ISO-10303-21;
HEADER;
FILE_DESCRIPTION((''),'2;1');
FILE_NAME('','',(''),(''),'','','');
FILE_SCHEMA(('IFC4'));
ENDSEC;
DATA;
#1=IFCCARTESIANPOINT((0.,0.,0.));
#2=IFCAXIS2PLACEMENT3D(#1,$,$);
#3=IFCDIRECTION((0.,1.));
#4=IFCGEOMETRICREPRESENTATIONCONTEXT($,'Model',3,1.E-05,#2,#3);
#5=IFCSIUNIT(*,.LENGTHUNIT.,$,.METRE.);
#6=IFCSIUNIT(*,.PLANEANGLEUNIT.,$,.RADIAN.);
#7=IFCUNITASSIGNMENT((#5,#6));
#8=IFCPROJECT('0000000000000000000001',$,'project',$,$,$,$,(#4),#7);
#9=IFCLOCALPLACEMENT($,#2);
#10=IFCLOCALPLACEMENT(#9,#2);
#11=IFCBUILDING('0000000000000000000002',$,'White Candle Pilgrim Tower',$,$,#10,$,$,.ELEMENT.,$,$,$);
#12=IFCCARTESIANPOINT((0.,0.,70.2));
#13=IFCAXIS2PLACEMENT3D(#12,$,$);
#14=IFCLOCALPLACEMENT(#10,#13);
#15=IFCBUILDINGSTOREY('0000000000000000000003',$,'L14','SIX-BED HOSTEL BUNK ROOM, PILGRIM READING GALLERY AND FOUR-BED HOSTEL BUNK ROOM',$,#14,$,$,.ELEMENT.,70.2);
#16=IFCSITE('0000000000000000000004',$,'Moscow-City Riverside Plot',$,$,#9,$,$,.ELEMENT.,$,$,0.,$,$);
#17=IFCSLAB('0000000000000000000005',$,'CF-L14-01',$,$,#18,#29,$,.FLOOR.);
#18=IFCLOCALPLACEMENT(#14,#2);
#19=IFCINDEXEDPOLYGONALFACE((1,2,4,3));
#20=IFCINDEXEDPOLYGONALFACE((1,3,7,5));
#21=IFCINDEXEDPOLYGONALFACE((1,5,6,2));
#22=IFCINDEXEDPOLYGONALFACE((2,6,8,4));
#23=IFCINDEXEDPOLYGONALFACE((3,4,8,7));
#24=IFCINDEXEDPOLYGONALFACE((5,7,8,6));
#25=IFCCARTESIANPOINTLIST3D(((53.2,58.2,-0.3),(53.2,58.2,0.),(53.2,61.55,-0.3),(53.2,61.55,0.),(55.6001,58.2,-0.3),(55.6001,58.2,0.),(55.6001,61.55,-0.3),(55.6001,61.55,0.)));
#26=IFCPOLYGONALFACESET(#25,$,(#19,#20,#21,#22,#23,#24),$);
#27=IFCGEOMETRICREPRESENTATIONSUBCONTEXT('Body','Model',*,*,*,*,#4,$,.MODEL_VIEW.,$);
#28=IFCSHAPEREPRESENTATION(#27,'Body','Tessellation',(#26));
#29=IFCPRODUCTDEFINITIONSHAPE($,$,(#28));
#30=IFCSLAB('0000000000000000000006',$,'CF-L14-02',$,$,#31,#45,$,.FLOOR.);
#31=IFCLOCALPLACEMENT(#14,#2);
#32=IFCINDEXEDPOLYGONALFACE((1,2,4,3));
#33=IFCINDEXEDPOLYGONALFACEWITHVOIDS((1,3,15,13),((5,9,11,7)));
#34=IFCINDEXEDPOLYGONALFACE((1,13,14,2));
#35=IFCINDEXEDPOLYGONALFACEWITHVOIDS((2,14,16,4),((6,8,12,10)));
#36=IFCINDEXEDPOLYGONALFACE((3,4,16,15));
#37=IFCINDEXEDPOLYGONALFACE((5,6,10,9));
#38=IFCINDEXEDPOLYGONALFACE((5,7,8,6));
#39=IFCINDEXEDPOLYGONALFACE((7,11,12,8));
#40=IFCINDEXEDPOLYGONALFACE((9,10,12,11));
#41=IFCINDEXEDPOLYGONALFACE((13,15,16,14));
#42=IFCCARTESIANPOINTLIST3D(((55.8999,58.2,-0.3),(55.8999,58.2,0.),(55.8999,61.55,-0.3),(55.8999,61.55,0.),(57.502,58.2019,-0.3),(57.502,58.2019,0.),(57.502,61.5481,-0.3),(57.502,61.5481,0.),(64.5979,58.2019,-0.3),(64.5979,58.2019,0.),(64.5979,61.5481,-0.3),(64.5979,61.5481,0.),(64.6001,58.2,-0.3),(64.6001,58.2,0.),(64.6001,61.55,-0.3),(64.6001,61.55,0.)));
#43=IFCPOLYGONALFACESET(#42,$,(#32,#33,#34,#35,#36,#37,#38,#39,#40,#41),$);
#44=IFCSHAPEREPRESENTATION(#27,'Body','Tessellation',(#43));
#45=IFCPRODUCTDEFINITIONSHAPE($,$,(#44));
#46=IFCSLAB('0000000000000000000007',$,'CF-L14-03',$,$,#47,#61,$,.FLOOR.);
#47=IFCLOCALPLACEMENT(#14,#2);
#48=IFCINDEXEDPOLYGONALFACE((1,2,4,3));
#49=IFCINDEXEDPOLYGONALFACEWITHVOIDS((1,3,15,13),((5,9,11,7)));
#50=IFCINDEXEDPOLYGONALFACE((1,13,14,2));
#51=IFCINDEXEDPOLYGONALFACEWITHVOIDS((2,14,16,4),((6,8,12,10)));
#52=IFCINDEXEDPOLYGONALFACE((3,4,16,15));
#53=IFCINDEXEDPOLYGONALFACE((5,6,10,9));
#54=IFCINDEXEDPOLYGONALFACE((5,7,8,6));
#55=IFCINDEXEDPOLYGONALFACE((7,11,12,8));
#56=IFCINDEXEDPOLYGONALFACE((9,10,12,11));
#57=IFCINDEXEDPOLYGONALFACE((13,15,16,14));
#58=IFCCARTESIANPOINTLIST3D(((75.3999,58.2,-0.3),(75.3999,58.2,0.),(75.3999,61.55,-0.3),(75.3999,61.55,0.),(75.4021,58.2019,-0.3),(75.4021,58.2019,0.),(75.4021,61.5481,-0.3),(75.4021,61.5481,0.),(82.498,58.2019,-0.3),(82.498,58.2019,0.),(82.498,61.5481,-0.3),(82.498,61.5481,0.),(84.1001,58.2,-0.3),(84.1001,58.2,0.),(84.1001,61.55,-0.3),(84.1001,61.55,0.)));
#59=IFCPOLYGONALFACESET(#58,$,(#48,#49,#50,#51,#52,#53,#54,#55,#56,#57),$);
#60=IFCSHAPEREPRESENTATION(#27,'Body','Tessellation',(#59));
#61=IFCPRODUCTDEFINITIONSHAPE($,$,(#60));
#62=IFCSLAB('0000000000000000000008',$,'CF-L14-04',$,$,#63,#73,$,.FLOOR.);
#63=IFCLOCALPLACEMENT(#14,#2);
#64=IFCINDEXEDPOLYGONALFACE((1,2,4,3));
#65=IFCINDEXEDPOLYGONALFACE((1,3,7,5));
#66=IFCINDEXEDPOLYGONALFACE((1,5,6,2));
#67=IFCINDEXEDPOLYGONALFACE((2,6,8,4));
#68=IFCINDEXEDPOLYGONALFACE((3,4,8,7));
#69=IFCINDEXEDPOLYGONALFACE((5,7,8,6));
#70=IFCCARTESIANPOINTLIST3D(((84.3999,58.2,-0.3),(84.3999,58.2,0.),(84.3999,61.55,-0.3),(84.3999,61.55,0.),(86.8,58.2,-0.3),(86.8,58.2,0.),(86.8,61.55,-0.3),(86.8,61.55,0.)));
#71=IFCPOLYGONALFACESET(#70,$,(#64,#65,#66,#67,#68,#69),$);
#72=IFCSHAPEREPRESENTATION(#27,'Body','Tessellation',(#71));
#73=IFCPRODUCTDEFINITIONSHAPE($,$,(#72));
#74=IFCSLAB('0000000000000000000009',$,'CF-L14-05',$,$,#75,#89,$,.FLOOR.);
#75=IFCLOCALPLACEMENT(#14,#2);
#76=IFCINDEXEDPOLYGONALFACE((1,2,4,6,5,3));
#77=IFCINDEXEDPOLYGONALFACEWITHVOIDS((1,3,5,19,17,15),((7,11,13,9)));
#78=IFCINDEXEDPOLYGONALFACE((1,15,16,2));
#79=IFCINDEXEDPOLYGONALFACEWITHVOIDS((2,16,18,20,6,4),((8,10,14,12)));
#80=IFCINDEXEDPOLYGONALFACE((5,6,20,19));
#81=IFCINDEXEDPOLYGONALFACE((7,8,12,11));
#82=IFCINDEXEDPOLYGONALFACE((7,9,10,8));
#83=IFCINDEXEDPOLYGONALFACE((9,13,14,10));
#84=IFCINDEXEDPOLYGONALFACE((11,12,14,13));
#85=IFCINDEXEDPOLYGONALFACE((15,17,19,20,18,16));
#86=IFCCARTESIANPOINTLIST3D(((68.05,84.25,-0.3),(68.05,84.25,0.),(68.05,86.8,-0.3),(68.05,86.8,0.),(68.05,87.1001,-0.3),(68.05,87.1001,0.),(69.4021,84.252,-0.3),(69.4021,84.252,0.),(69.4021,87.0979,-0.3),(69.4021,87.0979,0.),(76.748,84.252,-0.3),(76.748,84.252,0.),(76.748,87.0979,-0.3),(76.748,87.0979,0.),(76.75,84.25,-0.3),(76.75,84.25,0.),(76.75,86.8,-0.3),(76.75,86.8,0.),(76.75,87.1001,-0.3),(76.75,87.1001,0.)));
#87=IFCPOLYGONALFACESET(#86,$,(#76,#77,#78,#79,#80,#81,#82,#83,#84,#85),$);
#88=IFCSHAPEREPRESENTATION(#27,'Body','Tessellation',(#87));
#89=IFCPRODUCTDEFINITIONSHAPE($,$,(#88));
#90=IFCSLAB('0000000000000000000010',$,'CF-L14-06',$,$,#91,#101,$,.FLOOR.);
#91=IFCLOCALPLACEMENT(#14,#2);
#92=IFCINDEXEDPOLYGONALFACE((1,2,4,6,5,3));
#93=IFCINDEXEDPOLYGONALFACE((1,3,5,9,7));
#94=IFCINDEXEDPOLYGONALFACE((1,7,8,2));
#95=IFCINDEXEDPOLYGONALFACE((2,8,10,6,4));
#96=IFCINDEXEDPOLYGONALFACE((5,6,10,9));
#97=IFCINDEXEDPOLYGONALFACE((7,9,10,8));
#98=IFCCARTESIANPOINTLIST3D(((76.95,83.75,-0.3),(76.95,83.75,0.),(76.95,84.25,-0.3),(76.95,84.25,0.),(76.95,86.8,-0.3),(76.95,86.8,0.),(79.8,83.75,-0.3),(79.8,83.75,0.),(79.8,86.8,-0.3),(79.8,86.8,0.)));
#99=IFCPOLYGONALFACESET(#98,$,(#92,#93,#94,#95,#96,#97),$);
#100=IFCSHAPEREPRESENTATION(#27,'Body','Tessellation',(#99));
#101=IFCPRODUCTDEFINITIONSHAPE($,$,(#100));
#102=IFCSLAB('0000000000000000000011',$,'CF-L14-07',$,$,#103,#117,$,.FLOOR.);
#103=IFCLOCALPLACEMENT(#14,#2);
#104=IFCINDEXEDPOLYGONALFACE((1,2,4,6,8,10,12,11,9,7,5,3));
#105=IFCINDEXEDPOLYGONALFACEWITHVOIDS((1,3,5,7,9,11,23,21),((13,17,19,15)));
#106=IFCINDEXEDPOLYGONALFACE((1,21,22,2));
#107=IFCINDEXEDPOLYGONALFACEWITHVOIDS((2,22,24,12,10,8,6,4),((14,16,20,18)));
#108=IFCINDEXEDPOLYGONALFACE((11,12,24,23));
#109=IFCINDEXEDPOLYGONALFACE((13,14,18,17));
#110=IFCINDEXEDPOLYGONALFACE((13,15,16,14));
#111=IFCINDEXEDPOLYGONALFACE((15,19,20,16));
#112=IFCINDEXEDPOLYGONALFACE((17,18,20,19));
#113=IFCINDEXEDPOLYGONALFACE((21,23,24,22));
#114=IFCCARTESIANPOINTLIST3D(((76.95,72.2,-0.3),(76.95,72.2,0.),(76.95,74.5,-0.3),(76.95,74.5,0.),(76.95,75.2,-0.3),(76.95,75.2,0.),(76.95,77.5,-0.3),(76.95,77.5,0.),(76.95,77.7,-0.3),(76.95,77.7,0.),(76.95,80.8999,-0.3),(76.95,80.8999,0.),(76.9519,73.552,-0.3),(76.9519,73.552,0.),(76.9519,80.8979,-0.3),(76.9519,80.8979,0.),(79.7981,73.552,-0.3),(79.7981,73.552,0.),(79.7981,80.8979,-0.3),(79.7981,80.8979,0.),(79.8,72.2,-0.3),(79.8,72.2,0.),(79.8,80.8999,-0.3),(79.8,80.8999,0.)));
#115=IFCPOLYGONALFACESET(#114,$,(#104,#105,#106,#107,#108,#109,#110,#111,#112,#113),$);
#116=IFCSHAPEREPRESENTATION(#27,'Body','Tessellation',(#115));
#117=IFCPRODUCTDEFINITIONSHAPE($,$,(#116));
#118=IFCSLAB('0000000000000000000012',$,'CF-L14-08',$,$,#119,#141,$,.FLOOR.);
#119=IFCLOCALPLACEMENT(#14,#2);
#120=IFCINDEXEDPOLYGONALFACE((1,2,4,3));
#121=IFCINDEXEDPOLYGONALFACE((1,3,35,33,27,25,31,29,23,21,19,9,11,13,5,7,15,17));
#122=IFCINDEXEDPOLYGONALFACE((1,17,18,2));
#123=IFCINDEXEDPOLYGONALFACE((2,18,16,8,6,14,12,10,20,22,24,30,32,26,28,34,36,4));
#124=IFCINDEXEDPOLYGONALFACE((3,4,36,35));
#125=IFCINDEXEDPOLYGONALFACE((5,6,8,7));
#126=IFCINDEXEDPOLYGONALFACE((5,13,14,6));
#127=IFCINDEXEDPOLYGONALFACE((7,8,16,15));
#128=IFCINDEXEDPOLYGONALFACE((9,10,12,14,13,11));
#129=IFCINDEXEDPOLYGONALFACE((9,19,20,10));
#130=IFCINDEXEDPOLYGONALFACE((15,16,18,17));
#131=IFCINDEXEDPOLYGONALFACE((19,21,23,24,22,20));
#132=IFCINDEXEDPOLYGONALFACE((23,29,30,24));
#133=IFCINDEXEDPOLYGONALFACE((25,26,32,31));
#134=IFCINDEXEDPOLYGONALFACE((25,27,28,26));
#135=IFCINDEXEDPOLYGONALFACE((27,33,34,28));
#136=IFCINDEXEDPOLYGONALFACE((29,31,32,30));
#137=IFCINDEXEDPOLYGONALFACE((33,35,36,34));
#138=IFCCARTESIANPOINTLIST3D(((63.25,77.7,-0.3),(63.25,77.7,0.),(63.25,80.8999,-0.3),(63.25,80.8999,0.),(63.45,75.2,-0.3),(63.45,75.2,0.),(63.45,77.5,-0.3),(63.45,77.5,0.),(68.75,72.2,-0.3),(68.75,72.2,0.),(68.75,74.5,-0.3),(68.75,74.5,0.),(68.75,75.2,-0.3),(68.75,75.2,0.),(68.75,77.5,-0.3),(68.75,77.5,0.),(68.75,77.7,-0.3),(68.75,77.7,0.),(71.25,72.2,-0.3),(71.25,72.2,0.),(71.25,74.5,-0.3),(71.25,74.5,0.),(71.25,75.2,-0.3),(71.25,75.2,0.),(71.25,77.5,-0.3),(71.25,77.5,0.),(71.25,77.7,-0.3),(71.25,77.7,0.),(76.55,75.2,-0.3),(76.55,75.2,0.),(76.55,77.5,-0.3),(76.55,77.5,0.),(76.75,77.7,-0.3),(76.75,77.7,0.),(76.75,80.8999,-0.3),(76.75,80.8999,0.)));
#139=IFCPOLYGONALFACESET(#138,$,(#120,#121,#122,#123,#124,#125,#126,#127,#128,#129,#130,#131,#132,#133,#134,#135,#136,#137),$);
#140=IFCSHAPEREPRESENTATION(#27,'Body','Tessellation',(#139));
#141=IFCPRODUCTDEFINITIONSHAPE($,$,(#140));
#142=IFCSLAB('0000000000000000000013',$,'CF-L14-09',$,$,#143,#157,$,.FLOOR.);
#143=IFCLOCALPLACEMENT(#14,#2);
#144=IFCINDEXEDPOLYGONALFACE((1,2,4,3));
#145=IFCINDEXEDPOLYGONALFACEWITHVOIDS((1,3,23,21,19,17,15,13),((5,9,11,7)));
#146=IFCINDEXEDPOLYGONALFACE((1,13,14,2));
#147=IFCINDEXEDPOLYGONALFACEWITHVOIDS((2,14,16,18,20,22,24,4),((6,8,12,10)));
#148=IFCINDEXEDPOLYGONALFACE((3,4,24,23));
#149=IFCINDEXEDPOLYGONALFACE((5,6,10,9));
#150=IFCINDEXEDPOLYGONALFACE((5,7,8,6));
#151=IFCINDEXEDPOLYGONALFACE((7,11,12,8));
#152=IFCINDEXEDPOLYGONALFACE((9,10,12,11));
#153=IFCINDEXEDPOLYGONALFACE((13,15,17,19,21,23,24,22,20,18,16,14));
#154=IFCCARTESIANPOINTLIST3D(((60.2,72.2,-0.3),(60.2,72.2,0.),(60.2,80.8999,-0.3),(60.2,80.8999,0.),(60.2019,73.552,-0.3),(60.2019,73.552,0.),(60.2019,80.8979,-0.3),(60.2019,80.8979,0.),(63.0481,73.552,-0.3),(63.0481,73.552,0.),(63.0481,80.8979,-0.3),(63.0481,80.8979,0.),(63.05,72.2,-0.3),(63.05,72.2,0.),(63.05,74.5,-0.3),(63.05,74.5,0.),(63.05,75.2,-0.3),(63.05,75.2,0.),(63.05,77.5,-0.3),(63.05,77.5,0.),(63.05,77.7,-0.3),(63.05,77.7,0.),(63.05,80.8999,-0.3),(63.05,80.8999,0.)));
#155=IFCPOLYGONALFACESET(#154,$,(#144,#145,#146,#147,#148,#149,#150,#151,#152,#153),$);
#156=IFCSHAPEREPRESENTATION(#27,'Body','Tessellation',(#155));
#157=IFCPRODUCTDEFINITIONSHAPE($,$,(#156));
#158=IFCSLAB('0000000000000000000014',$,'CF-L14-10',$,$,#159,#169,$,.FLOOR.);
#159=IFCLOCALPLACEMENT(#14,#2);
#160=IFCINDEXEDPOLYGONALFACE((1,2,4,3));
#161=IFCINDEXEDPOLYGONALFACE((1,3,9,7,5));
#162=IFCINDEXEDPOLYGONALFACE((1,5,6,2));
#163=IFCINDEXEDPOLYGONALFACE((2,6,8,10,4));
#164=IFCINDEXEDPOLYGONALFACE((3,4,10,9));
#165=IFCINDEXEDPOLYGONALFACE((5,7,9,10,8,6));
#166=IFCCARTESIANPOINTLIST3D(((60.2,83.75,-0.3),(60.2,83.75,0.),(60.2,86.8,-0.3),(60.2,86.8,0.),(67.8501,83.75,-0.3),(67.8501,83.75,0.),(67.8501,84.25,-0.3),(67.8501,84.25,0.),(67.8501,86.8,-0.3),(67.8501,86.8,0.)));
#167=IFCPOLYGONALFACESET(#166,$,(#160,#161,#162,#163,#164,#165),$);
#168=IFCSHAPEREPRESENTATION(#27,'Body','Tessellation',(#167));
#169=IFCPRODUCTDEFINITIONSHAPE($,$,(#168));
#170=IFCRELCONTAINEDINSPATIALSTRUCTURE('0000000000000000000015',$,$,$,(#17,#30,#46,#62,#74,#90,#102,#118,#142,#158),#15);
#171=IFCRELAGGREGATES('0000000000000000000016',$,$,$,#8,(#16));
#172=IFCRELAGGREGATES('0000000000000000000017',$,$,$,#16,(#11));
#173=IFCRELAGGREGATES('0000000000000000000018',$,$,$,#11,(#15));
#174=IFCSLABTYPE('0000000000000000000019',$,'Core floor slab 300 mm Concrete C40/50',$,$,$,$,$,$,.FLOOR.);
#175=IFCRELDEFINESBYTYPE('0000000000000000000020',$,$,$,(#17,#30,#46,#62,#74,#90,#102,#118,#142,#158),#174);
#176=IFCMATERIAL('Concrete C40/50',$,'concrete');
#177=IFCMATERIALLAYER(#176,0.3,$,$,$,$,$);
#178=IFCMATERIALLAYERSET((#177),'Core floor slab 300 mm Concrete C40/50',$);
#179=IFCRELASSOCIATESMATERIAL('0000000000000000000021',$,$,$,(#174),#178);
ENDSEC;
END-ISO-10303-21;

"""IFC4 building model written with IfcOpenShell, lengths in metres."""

from ifc_helpers import new_model, si_unit, direction, frame, origin, place, context, subcontext, project, spatial, polyline, outline, extrude, material, layer, layer_set, type_object, element, save


model = new_model("IFC4")

# Units and contexts
model_context = context("Model", 3, precision=1e-05, world=origin(), true_north=direction((0.0, 1.0)))
body_context = subcontext(model_context, "Body", "Model", "MODEL_VIEW")
ifc_project = project(units=[si_unit("LENGTHUNIT", "METRE"), si_unit("PLANEANGLEUNIT", "RADIAN")], contexts=[model_context])

# Site, building, storey
site_placement = place(None, origin())
site = spatial("IfcSite", under=ifc_project, at=site_placement, Name="Moscow-City Riverside Plot", CompositionType="ELEMENT", RefElevation=0.0)
building_placement = place(site_placement, origin())
building = spatial("IfcBuilding", under=site, at=building_placement, Name="White Candle Pilgrim Tower", CompositionType="ELEMENT")
storey_placement = place(building_placement, frame((0.0, 0.0, 70.2)))
storey = spatial("IfcBuildingStorey", under=building, at=storey_placement, Name="L14", Description="SIX-BED HOSTEL BUNK ROOM, PILGRIM READING GALLERY AND FOUR-BED HOSTEL BUNK ROOM", CompositionType="ELEMENT", Elevation=70.2)

# Slabs
ifc_material = material(Name="Concrete C40/50", Category="concrete")
ifc_layer_1 = layer(ifc_material, 0.3)
ifc_layer_set_1 = layer_set([ifc_layer_1], Name="Core floor slab 300 mm Concrete C40/50")
slab_type_1 = type_object("IfcSlabType", Name="Core floor slab 300 mm Concrete C40/50", PredefinedType="FLOOR", material=ifc_layer_set_1)
slab_1_placement = place(storey_placement, frame((0.0, 0.0, -0.3)))
element("IfcSlab", 1, at=slab_1_placement, inside=storey, type_object=slab_type_1, Name="CF-L14-01", PredefinedType="FLOOR", context=body_context, shape_type="SweptSolid", body=[
    extrude(outline(polyline([(55.6001, 58.2), (53.2, 58.2), (53.2, 61.55), (55.6001, 61.55), (55.6001, 58.2)])), origin(), (0.0, 0.0, 1.0), 0.3),
])
slab_2_placement = place(storey_placement, frame((0.0, 0.0, -0.3)))
element("IfcSlab", 2, at=slab_2_placement, inside=storey, type_object=slab_type_1, Name="CF-L14-02", PredefinedType="FLOOR", context=body_context, shape_type="SweptSolid", body=[
    extrude(outline(polyline([(55.8999, 58.2), (55.8999, 61.55), (64.6001, 61.55), (64.6001, 58.2), (55.8999, 58.2)]), holes=[polyline([(57.502, 61.5481), (57.502, 58.2019), (64.5979, 58.2019), (64.5979, 61.5481), (57.502, 61.5481)])]), origin(), (0.0, 0.0, 1.0), 0.3),
])
slab_3_placement = place(storey_placement, frame((0.0, 0.0, -0.3)))
element("IfcSlab", 3, at=slab_3_placement, inside=storey, type_object=slab_type_1, Name="CF-L14-03", PredefinedType="FLOOR", context=body_context, shape_type="SweptSolid", body=[
    extrude(outline(polyline([(75.3999, 58.2), (75.3999, 61.55), (84.1001, 61.55), (84.1001, 58.2), (75.3999, 58.2)]), holes=[polyline([(82.498, 58.2019), (82.498, 61.5481), (75.4021, 61.5481), (75.4021, 58.2019), (82.498, 58.2019)])]), origin(), (0.0, 0.0, 1.0), 0.3),
])
slab_4_placement = place(storey_placement, frame((0.0, 0.0, -0.3)))
element("IfcSlab", 4, at=slab_4_placement, inside=storey, type_object=slab_type_1, Name="CF-L14-04", PredefinedType="FLOOR", context=body_context, shape_type="SweptSolid", body=[
    extrude(outline(polyline([(86.8, 58.2), (84.3999, 58.2), (84.3999, 61.55), (86.8, 61.55), (86.8, 58.2)])), origin(), (0.0, 0.0, 1.0), 0.3),
])
slab_5_placement = place(storey_placement, frame((0.0, 0.0, -0.3)))
element("IfcSlab", 5, at=slab_5_placement, inside=storey, type_object=slab_type_1, Name="CF-L14-05", PredefinedType="FLOOR", context=body_context, shape_type="SweptSolid", body=[
    extrude(outline(polyline([(76.75, 87.1001), (76.75, 86.8), (76.75, 84.25), (68.05, 84.25), (68.05, 86.8), (68.05, 87.1001), (76.75, 87.1001)]), holes=[polyline([(69.4021, 87.0979), (69.4021, 84.252), (76.748, 84.252), (76.748, 87.0979), (69.4021, 87.0979)])]), origin(), (0.0, 0.0, 1.0), 0.3),
])
slab_6_placement = place(storey_placement, frame((0.0, 0.0, -0.3)))
element("IfcSlab", 6, at=slab_6_placement, inside=storey, type_object=slab_type_1, Name="CF-L14-06", PredefinedType="FLOOR", context=body_context, shape_type="SweptSolid", body=[
    extrude(outline(polyline([(79.8, 86.8), (79.8, 83.75), (76.95, 83.75), (76.95, 84.25), (76.95, 86.8), (79.8, 86.8)])), origin(), (0.0, 0.0, 1.0), 0.3),
])
slab_7_placement = place(storey_placement, frame((0.0, 0.0, -0.3)))
element("IfcSlab", 7, at=slab_7_placement, inside=storey, type_object=slab_type_1, Name="CF-L14-07", PredefinedType="FLOOR", context=body_context, shape_type="SweptSolid", body=[
    extrude(outline(polyline([(79.8, 72.2), (76.95, 72.2), (76.95, 74.5), (76.95, 75.2), (76.95, 77.5), (76.95, 77.7), (76.95, 80.8999), (79.8, 80.8999), (79.8, 72.2)]), holes=[polyline([(76.9519, 73.552), (79.7981, 73.552), (79.7981, 80.8979), (76.9519, 80.8979), (76.9519, 73.552)])]), origin(), (0.0, 0.0, 1.0), 0.3),
])
slab_8_placement = place(storey_placement, frame((0.0, 0.0, -0.3)))
element("IfcSlab", 8, at=slab_8_placement, inside=storey, type_object=slab_type_1, Name="CF-L14-08", PredefinedType="FLOOR", context=body_context, shape_type="SweptSolid", body=[
    extrude(outline(polyline([(68.75, 72.2), (68.75, 74.5), (68.75, 75.2), (63.45, 75.2), (63.45, 77.5), (68.75, 77.5), (68.75, 77.7), (63.25, 77.7), (63.25, 80.8999), (76.75, 80.8999), (76.75, 77.7), (71.25, 77.7), (71.25, 77.5), (76.55, 77.5), (76.55, 75.2), (71.25, 75.2), (71.25, 74.5), (71.25, 72.2), (68.75, 72.2)])), origin(), (0.0, 0.0, 1.0), 0.3),
])
slab_9_placement = place(storey_placement, frame((0.0, 0.0, -0.3)))
element("IfcSlab", 9, at=slab_9_placement, inside=storey, type_object=slab_type_1, Name="CF-L14-09", PredefinedType="FLOOR", context=body_context, shape_type="SweptSolid", body=[
    extrude(outline(polyline([(60.2, 72.2), (60.2, 80.8999), (63.05, 80.8999), (63.05, 77.7), (63.05, 77.5), (63.05, 75.2), (63.05, 74.5), (63.05, 72.2), (60.2, 72.2)]), holes=[polyline([(60.2019, 73.552), (63.0481, 73.552), (63.0481, 80.8979), (60.2019, 80.8979), (60.2019, 73.552)])]), origin(), (0.0, 0.0, 1.0), 0.3),
])
slab_10_placement = place(storey_placement, frame((0.0, 0.0, -0.3)))
element("IfcSlab", 10, at=slab_10_placement, inside=storey, type_object=slab_type_1, Name="CF-L14-10", PredefinedType="FLOOR", context=body_context, shape_type="SweptSolid", body=[
    extrude(outline(polyline([(60.2, 86.8), (67.8501, 86.8), (67.8501, 84.25), (67.8501, 83.75), (60.2, 83.75), (60.2, 86.8)])), origin(), (0.0, 0.0, 1.0), 0.3),
])

save(model, "model.ifc")
